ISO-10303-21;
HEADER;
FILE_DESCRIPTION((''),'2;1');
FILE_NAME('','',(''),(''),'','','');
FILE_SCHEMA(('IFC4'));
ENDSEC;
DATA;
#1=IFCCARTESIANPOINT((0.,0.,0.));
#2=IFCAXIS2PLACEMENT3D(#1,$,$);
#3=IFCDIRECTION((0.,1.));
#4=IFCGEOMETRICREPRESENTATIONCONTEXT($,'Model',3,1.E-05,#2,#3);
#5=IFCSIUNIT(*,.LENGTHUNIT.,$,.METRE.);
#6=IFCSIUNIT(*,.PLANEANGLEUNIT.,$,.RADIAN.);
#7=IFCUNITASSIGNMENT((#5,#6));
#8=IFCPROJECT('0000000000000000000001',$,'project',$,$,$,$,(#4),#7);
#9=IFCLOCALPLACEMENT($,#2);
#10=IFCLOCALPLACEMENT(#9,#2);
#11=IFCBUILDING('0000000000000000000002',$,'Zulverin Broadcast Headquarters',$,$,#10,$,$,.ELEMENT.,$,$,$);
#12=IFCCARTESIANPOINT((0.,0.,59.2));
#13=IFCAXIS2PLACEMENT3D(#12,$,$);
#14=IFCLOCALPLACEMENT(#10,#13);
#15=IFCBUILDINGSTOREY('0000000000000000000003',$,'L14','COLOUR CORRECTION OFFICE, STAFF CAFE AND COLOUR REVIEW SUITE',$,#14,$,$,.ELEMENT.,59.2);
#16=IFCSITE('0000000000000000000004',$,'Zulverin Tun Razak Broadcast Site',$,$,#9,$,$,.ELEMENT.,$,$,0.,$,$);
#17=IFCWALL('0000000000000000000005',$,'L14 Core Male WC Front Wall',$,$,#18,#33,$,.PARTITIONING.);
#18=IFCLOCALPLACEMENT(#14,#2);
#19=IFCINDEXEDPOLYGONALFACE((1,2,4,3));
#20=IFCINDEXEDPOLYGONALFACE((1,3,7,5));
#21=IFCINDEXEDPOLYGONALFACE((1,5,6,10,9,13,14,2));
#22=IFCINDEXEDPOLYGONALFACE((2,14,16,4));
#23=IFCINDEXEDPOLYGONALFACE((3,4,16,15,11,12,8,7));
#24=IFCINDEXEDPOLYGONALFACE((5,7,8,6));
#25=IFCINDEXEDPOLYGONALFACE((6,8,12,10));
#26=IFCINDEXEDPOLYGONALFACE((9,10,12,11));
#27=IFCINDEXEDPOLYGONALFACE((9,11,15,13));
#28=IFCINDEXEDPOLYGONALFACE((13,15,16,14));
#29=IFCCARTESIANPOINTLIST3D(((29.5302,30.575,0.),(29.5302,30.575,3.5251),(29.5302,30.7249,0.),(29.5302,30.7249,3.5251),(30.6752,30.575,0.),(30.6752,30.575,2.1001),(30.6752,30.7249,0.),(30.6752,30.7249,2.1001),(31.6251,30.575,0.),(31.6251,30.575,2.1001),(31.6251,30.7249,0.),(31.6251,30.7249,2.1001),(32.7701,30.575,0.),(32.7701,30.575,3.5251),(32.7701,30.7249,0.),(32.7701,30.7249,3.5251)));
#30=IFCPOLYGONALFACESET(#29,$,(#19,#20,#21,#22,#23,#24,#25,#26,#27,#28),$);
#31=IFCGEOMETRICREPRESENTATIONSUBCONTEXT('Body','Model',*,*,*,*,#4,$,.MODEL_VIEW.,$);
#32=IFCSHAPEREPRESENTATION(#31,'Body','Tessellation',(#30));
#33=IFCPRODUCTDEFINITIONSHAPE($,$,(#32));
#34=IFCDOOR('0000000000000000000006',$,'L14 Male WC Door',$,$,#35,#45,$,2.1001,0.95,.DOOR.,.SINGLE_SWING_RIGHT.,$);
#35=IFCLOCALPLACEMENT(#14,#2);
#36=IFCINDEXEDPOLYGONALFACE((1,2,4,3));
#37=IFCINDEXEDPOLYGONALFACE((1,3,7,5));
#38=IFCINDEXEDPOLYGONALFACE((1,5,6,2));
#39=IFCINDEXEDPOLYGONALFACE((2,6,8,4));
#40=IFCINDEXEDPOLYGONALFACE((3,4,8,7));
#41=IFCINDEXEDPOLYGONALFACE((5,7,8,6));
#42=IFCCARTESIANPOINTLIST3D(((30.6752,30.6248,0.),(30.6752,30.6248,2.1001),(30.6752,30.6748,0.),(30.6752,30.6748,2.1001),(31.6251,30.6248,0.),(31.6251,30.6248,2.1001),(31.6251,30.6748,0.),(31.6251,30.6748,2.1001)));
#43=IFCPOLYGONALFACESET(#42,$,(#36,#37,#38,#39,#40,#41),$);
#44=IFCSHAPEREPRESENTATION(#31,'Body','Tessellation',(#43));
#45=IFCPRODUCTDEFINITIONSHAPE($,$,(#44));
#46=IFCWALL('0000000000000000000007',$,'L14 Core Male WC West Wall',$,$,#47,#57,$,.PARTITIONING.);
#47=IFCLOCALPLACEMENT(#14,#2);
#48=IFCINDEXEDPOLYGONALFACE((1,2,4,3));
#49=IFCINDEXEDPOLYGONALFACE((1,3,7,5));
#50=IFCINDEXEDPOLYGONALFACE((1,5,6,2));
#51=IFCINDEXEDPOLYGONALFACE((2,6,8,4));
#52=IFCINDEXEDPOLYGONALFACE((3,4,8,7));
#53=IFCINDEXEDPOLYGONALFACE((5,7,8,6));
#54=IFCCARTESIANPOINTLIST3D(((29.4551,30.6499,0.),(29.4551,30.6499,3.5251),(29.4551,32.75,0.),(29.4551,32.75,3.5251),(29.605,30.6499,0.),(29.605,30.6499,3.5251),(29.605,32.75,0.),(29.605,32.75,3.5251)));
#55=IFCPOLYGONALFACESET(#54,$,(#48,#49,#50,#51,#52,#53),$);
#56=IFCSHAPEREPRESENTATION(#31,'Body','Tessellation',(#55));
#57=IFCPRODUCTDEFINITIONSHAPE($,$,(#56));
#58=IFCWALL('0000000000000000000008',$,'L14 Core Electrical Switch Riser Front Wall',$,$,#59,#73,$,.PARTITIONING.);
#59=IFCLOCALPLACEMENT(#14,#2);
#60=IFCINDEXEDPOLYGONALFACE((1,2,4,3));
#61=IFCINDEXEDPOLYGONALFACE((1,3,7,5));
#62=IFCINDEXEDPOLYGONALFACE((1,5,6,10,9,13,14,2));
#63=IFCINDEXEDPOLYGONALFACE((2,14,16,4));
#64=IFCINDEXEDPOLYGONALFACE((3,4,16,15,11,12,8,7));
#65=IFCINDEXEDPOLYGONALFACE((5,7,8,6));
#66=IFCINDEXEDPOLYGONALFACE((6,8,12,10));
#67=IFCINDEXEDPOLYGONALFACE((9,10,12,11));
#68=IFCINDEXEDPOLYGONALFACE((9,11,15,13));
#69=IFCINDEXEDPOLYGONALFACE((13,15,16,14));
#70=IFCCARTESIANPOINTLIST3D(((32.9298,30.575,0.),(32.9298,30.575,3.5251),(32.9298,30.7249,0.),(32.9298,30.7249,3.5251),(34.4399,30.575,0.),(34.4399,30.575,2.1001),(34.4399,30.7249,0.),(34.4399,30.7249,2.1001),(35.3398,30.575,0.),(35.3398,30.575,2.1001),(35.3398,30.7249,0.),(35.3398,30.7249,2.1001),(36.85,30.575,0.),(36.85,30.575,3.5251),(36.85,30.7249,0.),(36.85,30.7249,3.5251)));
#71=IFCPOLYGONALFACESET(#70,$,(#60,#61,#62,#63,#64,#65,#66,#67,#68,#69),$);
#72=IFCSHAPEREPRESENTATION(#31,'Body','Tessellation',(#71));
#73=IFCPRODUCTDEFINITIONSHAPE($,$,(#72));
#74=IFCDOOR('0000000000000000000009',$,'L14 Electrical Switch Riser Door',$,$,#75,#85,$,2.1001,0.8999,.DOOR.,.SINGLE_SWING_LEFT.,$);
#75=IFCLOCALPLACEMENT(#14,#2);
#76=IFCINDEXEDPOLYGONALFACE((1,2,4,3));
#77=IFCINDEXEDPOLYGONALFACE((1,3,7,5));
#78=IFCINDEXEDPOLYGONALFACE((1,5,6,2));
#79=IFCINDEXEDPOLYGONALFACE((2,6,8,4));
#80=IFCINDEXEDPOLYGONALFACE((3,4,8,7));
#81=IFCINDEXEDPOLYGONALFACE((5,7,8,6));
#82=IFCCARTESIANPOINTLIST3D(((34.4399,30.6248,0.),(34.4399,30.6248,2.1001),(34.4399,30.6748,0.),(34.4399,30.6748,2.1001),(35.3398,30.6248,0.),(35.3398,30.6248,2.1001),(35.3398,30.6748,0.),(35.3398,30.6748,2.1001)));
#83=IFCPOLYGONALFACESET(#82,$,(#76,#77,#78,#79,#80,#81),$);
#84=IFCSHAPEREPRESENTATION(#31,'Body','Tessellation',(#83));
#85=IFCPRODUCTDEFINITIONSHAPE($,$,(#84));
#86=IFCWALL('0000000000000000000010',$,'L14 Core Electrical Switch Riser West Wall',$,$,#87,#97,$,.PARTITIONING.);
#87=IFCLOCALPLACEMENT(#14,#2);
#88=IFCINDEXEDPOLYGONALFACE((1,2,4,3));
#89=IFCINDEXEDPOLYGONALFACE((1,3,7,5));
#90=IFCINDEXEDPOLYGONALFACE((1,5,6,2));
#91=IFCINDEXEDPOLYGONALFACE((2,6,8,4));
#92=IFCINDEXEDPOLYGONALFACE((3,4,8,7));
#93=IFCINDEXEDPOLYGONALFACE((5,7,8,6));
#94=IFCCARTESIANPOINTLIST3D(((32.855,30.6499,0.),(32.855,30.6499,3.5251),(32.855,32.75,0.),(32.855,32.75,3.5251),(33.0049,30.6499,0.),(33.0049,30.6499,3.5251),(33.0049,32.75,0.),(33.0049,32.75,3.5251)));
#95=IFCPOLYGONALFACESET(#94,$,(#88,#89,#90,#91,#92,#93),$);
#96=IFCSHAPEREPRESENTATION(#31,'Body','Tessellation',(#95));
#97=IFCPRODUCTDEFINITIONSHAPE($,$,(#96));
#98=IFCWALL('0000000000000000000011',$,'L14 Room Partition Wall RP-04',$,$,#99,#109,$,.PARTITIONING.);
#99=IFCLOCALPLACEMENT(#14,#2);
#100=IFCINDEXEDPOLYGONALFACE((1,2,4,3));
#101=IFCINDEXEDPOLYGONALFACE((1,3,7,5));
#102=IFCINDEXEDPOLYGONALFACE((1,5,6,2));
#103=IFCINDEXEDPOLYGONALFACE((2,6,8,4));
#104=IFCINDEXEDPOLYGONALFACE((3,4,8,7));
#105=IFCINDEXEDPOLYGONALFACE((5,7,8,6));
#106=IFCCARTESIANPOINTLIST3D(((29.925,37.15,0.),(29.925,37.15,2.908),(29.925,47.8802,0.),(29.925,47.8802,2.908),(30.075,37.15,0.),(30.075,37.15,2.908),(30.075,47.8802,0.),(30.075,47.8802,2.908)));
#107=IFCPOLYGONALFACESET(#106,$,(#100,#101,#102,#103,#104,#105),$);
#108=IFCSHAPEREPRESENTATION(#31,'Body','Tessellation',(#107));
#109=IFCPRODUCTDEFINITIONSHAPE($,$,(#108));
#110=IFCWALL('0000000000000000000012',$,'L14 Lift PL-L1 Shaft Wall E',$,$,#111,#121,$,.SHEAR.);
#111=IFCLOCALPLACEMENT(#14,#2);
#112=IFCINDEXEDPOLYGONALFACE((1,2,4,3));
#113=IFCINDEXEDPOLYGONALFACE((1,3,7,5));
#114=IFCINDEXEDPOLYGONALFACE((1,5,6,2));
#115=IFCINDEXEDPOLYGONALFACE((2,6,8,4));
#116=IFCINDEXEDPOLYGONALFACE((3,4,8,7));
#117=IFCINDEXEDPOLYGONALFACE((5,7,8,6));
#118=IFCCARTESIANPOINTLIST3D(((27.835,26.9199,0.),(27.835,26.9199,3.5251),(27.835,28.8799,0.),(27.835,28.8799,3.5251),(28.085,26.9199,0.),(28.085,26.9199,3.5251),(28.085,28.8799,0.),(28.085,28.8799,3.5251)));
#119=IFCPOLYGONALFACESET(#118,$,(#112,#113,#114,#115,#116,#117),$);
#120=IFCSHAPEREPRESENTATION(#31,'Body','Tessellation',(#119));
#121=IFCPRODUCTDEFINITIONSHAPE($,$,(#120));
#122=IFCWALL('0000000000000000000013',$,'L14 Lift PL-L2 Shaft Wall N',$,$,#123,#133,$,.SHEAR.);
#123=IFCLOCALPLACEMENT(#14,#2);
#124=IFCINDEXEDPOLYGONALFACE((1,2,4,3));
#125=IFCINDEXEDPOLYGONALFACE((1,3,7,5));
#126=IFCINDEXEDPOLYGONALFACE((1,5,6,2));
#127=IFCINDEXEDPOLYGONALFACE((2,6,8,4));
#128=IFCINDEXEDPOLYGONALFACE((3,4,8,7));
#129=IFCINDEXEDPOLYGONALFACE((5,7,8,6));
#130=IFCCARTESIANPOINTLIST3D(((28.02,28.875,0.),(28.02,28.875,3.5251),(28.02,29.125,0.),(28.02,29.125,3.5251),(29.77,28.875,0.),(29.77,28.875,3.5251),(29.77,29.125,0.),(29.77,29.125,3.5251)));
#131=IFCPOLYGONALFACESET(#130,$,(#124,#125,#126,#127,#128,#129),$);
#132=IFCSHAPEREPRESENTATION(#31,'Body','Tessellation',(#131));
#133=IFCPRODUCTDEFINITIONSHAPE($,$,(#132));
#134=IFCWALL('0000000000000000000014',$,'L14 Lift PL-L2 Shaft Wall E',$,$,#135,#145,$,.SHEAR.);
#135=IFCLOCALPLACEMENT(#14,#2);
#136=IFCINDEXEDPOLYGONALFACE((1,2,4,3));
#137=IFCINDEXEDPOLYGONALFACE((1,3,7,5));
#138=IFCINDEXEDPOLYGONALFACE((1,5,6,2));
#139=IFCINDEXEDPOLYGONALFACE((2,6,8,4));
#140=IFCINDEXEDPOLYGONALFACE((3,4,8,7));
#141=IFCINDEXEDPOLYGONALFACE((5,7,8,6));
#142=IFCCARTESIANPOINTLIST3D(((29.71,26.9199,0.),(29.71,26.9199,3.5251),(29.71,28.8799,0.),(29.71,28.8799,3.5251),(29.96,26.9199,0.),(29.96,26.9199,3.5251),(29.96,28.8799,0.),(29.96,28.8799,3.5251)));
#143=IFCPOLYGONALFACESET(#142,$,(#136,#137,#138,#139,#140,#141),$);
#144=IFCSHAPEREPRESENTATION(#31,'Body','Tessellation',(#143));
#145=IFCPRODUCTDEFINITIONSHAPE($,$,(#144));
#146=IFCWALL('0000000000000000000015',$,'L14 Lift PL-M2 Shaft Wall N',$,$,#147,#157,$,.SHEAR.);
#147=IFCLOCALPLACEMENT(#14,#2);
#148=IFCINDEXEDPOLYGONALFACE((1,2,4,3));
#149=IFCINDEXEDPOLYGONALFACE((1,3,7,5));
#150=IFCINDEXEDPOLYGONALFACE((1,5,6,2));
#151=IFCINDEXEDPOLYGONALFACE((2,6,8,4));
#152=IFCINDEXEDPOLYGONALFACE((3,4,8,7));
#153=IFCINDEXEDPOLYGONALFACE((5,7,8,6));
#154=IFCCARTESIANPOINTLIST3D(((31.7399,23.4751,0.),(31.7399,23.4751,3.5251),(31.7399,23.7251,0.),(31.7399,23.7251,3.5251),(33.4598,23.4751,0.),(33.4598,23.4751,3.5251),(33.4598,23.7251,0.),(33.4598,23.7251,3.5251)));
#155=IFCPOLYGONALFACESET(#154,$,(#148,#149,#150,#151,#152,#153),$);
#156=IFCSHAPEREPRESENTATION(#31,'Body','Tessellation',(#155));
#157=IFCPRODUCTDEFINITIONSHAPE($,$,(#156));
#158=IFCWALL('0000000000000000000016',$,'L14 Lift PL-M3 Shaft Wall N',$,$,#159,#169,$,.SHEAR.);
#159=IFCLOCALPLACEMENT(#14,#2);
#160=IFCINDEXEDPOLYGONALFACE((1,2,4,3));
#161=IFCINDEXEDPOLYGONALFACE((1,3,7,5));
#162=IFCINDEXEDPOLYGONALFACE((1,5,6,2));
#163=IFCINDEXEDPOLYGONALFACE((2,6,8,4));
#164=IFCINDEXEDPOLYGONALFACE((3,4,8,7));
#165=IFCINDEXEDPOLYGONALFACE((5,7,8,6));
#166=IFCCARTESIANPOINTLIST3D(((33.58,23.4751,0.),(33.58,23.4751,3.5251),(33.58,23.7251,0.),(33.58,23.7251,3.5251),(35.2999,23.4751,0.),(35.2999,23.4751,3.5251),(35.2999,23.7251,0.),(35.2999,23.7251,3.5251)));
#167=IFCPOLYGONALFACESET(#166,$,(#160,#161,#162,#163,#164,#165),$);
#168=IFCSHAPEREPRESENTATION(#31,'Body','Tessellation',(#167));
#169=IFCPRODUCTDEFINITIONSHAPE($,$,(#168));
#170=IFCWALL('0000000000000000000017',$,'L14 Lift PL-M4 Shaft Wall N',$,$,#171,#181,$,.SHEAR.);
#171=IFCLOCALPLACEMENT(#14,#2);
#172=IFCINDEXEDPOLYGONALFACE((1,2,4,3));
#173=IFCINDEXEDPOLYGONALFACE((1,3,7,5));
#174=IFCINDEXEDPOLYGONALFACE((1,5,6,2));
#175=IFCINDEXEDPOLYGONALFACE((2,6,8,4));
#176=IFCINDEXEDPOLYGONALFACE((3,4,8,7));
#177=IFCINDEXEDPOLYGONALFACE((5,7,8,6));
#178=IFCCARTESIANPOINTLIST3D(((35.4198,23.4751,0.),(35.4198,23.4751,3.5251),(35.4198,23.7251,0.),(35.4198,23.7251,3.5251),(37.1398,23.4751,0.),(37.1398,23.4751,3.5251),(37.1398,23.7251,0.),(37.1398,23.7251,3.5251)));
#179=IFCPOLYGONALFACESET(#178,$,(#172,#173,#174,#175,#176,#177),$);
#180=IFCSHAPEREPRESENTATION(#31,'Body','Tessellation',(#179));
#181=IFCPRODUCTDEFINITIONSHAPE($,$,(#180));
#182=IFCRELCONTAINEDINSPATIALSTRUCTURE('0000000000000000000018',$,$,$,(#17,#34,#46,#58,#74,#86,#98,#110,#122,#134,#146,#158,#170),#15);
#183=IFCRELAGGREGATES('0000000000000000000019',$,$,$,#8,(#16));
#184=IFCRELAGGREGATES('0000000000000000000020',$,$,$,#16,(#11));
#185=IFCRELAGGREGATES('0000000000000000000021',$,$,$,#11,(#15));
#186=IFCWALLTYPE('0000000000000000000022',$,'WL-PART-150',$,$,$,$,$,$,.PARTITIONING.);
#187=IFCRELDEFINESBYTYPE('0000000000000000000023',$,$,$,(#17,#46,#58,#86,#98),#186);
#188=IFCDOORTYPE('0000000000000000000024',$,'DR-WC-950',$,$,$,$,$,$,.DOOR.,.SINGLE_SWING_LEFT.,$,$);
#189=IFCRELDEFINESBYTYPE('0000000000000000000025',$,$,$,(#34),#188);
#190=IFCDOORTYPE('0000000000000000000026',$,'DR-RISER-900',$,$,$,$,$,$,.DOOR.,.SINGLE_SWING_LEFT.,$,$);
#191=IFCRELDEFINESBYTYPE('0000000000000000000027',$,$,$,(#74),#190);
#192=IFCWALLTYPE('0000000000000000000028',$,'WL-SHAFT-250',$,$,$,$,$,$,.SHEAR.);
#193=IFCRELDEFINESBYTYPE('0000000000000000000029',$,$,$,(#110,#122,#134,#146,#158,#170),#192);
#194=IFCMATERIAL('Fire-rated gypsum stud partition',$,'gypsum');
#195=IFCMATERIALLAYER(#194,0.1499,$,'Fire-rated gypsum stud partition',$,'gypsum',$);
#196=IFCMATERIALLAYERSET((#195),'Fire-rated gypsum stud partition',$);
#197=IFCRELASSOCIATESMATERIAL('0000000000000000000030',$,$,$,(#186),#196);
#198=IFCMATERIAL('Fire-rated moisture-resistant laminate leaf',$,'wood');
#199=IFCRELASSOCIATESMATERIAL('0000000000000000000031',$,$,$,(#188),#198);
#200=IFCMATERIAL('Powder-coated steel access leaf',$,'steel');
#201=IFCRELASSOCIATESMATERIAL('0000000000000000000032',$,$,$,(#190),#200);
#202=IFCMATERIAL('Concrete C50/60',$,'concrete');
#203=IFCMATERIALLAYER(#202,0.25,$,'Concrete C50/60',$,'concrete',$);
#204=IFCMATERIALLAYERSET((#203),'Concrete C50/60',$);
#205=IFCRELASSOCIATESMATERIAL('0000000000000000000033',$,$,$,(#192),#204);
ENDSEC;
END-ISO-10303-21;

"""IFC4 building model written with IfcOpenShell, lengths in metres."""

from ifc_helpers import new_model, si_unit, direction, frame, frame_2d, origin, place, context, subcontext, project, spatial, rectangle, extrude, material, layer, layer_set, type_object, element, fill, save


model = new_model("IFC4")

# Units and contexts
model_context = context("Model", 3, precision=1e-05, world=origin(), true_north=direction((0.0, 1.0)))
body_context = subcontext(model_context, "Body", "Model", "MODEL_VIEW")
ifc_project = project(units=[si_unit("LENGTHUNIT", "METRE"), si_unit("PLANEANGLEUNIT", "RADIAN")], contexts=[model_context])

# Site, building, storey
site_placement = place(None, origin())
site = spatial("IfcSite", under=ifc_project, at=site_placement, Name="Zulverin Tun Razak Broadcast Site", CompositionType="ELEMENT", RefElevation=0.0)
building_placement = place(site_placement, origin())
building = spatial("IfcBuilding", under=site, at=building_placement, Name="Zulverin Broadcast Headquarters", CompositionType="ELEMENT")
storey_placement = place(building_placement, frame((0.0, 0.0, 59.2)))
storey = spatial("IfcBuildingStorey", under=building, at=storey_placement, Name="L14", Description="COLOUR CORRECTION OFFICE, STAFF CAFE AND COLOUR REVIEW SUITE", CompositionType="ELEMENT", Elevation=59.2)

# Wall, opening, door
ifc_material_1 = material(Name="Fire-rated gypsum stud partition", Category="gypsum")
ifc_layer_1 = layer(ifc_material_1, 0.1499, Name="Fire-rated gypsum stud partition", Category="gypsum")
ifc_layer_set_1 = layer_set([ifc_layer_1], Name="Fire-rated gypsum stud partition")
wall_type_1 = type_object("IfcWallType", Name="WL-PART-150", PredefinedType="PARTITIONING", material=ifc_layer_set_1)
wall_1_placement = place(storey_placement, frame((29.53, 30.6499, 0.0), z_axis=(0.0, 0.0, 1.0), x_axis=(1.0, 0.0, 0.0)))
wall_1 = element("IfcWall", 1, at=wall_1_placement, inside=storey, type_object=wall_type_1, Name="L14 Core Male WC Front Wall", PredefinedType="PARTITIONING", context=body_context, shape_type="SweptSolid", body=[
    extrude(rectangle(XDim=3.24, YDim=0.1499, at=frame_2d((1.6201, 0.0))), origin(), (0.0, 0.0, 1.0), 3.5251),
])
opening_1_placement = place(wall_1_placement, frame((1.145, 0.0, 0.0)))
opening_1 = element("IfcOpeningElement", 2, at=opening_1_placement, cuts=wall_1, PredefinedType="OPENING", context=body_context, shape_type="SweptSolid", body=[
    extrude(rectangle(XDim=0.95, YDim=2.1001, at=frame_2d((0.4751, 1.05))), frame((0.0, 0.085, 0.0), z_axis=(0.0, -1.0, 0.0), x_axis=(1.0, 0.0, 0.0)), (0.0, 0.0, 1.0), 0.1699),
])
ifc_material_2 = material(Name="Fire-rated moisture-resistant laminate leaf", Category="wood")
door_type_1 = type_object("IfcDoorType", Name="DR-WC-950", OperationType="SINGLE_SWING_LEFT", PredefinedType="DOOR", material=ifc_material_2)
door_1_placement = place(opening_1_placement, origin())
door_1 = element("IfcDoor", 3, at=door_1_placement, inside=storey, type_object=door_type_1, Name="L14 Male WC Door", OperationType="SINGLE_SWING_RIGHT", OverallHeight=2.1001, OverallWidth=0.95, PredefinedType="DOOR", context=body_context, shape_type="SweptSolid", body=[
    extrude(rectangle(XDim=0.95, YDim=2.1001, at=frame_2d((0.4751, 1.05))), frame((0.0, 0.0249, 0.0), z_axis=(0.0, -1.0, 0.0), x_axis=(1.0, 0.0, 0.0)), (0.0, 0.0, 1.0), 0.05),
])
fill(opening_1, door_1)

# Wall
wall_2_placement = place(storey_placement, frame((29.53, 30.6499, 0.0), z_axis=(0.0, 0.0, 1.0), x_axis=(0.0, 1.0, 0.0)))
element("IfcWall", 4, at=wall_2_placement, inside=storey, type_object=wall_type_1, Name="L14 Core Male WC West Wall", PredefinedType="PARTITIONING", context=body_context, shape_type="SweptSolid", body=[
    extrude(rectangle(XDim=2.1001, YDim=0.1499, at=frame_2d((1.05, 0.0))), origin(), (0.0, 0.0, 1.0), 3.5251),
])

# Wall, opening, door
wall_3_placement = place(storey_placement, frame((32.9299, 30.6499, 0.0), z_axis=(0.0, 0.0, 1.0), x_axis=(1.0, 0.0, 0.0)))
wall_3 = element("IfcWall", 5, at=wall_3_placement, inside=storey, type_object=wall_type_1, Name="L14 Core Electrical Switch Riser Front Wall", PredefinedType="PARTITIONING", context=body_context, shape_type="SweptSolid", body=[
    extrude(rectangle(XDim=3.9202, YDim=0.1499, at=frame_2d((1.96, 0.0))), origin(), (0.0, 0.0, 1.0), 3.5251),
])
opening_2_placement = place(wall_3_placement, frame((1.51, 0.0, 0.0)))
opening_2 = element("IfcOpeningElement", 6, at=opening_2_placement, cuts=wall_3, PredefinedType="OPENING", context=body_context, shape_type="SweptSolid", body=[
    extrude(rectangle(XDim=0.8999, YDim=2.1001, at=frame_2d((0.45, 1.05))), frame((0.0, 0.085, 0.0), z_axis=(0.0, -1.0, 0.0), x_axis=(1.0, 0.0, 0.0)), (0.0, 0.0, 1.0), 0.1699),
])
ifc_material_3 = material(Name="Powder-coated steel access leaf", Category="steel")
door_type_2 = type_object("IfcDoorType", Name="DR-RISER-900", OperationType="SINGLE_SWING_LEFT", PredefinedType="DOOR", material=ifc_material_3)
door_2_placement = place(opening_2_placement, origin())
door_2 = element("IfcDoor", 7, at=door_2_placement, inside=storey, type_object=door_type_2, Name="L14 Electrical Switch Riser Door", OperationType="SINGLE_SWING_LEFT", OverallHeight=2.1001, OverallWidth=0.8999, PredefinedType="DOOR", context=body_context, shape_type="SweptSolid", body=[
    extrude(rectangle(XDim=0.8999, YDim=2.1001, at=frame_2d((0.45, 1.05))), frame((0.0, 0.0249, 0.0), z_axis=(0.0, -1.0, 0.0), x_axis=(1.0, 0.0, 0.0)), (0.0, 0.0, 1.0), 0.05),
])
fill(opening_2, door_2)

# Walls
wall_4_placement = place(storey_placement, frame((32.9299, 30.6499, 0.0), z_axis=(0.0, 0.0, 1.0), x_axis=(0.0, 1.0, 0.0)))
element("IfcWall", 8, at=wall_4_placement, inside=storey, type_object=wall_type_1, Name="L14 Core Electrical Switch Riser West Wall", PredefinedType="PARTITIONING", context=body_context, shape_type="SweptSolid", body=[
    extrude(rectangle(XDim=2.1001, YDim=0.1499, at=frame_2d((1.05, 0.0))), origin(), (0.0, 0.0, 1.0), 3.5251),
])
wall_5_placement = place(storey_placement, frame((30.0, 37.1499, 0.0), z_axis=(0.0, 0.0, 1.0), x_axis=(0.0, 1.0, 0.0)))
element("IfcWall", 9, at=wall_5_placement, inside=storey, type_object=wall_type_1, Name="L14 Room Partition Wall RP-04", PredefinedType="PARTITIONING", context=body_context, shape_type="SweptSolid", body=[
    extrude(rectangle(XDim=10.7302, YDim=0.1499, at=frame_2d((5.3652, 0.0))), origin(), (0.0, 0.0, 1.0), 2.908),
])
ifc_material_4 = material(Name="Concrete C50/60", Category="concrete")
ifc_layer_2 = layer(ifc_material_4, 0.25, Name="Concrete C50/60", Category="concrete")
ifc_layer_set_2 = layer_set([ifc_layer_2], Name="Concrete C50/60")
wall_type_2 = type_object("IfcWallType", Name="WL-SHAFT-250", PredefinedType="SHEAR", material=ifc_layer_set_2)
wall_6_placement = place(storey_placement, frame((27.96, 26.9199, 0.0), z_axis=(0.0, 0.0, 1.0), x_axis=(0.0, 1.0, 0.0)))
element("IfcWall", 10, at=wall_6_placement, inside=storey, type_object=wall_type_2, Name="L14 Lift PL-L1 Shaft Wall E", PredefinedType="SHEAR", context=body_context, shape_type="SweptSolid", body=[
    extrude(rectangle(XDim=1.96, YDim=0.25, at=frame_2d((0.98, 0.0))), origin(), (0.0, 0.0, 1.0), 3.5251),
])

# Walls
wall_7_placement = place(storey_placement, frame((28.02, 29.0, 0.0), z_axis=(0.0, 0.0, 1.0), x_axis=(1.0, 0.0, 0.0)))
element("IfcWall", 11, at=wall_7_placement, inside=storey, type_object=wall_type_2, Name="L14 Lift PL-L2 Shaft Wall N", PredefinedType="SHEAR", context=body_context, shape_type="SweptSolid", body=[
    extrude(rectangle(XDim=1.75, YDim=0.25, at=frame_2d((0.875, 0.0))), origin(), (0.0, 0.0, 1.0), 3.5251),
])
wall_8_placement = place(storey_placement, frame((29.835, 26.9199, 0.0), z_axis=(0.0, 0.0, 1.0), x_axis=(0.0, 1.0, 0.0)))
element("IfcWall", 12, at=wall_8_placement, inside=storey, type_object=wall_type_2, Name="L14 Lift PL-L2 Shaft Wall E", PredefinedType="SHEAR", context=body_context, shape_type="SweptSolid", body=[
    extrude(rectangle(XDim=1.96, YDim=0.25, at=frame_2d((0.98, 0.0))), origin(), (0.0, 0.0, 1.0), 3.5251),
])
for number, where, z_axis, x_axis, name in (
    (13, (31.74, 23.6001, 0.0), (0.0, 0.0, 1.0), (1.0, 0.0, 0.0), "L14 Lift PL-M2 Shaft Wall N"),
    (14, (33.5801, 23.6001, 0.0), (0.0, 0.0, 1.0), (1.0, 0.0, 0.0), "L14 Lift PL-M3 Shaft Wall N"),
    (15, (35.4199, 23.6001, 0.0), (0.0, 0.0, 1.0), (1.0, 0.0, 0.0), "L14 Lift PL-M4 Shaft Wall N"),
):
    element("IfcWall", number, at=place(storey_placement, frame(where, z_axis=z_axis, x_axis=x_axis)), inside=storey, type_object=wall_type_2, Name=name, PredefinedType="SHEAR", context=body_context, shape_type="SweptSolid", body=[
        extrude(rectangle(XDim=1.72, YDim=0.25, at=frame_2d((0.8599, 0.0))), origin(), (0.0, 0.0, 1.0), 3.5251),
    ])

save(model, "model.ifc")
